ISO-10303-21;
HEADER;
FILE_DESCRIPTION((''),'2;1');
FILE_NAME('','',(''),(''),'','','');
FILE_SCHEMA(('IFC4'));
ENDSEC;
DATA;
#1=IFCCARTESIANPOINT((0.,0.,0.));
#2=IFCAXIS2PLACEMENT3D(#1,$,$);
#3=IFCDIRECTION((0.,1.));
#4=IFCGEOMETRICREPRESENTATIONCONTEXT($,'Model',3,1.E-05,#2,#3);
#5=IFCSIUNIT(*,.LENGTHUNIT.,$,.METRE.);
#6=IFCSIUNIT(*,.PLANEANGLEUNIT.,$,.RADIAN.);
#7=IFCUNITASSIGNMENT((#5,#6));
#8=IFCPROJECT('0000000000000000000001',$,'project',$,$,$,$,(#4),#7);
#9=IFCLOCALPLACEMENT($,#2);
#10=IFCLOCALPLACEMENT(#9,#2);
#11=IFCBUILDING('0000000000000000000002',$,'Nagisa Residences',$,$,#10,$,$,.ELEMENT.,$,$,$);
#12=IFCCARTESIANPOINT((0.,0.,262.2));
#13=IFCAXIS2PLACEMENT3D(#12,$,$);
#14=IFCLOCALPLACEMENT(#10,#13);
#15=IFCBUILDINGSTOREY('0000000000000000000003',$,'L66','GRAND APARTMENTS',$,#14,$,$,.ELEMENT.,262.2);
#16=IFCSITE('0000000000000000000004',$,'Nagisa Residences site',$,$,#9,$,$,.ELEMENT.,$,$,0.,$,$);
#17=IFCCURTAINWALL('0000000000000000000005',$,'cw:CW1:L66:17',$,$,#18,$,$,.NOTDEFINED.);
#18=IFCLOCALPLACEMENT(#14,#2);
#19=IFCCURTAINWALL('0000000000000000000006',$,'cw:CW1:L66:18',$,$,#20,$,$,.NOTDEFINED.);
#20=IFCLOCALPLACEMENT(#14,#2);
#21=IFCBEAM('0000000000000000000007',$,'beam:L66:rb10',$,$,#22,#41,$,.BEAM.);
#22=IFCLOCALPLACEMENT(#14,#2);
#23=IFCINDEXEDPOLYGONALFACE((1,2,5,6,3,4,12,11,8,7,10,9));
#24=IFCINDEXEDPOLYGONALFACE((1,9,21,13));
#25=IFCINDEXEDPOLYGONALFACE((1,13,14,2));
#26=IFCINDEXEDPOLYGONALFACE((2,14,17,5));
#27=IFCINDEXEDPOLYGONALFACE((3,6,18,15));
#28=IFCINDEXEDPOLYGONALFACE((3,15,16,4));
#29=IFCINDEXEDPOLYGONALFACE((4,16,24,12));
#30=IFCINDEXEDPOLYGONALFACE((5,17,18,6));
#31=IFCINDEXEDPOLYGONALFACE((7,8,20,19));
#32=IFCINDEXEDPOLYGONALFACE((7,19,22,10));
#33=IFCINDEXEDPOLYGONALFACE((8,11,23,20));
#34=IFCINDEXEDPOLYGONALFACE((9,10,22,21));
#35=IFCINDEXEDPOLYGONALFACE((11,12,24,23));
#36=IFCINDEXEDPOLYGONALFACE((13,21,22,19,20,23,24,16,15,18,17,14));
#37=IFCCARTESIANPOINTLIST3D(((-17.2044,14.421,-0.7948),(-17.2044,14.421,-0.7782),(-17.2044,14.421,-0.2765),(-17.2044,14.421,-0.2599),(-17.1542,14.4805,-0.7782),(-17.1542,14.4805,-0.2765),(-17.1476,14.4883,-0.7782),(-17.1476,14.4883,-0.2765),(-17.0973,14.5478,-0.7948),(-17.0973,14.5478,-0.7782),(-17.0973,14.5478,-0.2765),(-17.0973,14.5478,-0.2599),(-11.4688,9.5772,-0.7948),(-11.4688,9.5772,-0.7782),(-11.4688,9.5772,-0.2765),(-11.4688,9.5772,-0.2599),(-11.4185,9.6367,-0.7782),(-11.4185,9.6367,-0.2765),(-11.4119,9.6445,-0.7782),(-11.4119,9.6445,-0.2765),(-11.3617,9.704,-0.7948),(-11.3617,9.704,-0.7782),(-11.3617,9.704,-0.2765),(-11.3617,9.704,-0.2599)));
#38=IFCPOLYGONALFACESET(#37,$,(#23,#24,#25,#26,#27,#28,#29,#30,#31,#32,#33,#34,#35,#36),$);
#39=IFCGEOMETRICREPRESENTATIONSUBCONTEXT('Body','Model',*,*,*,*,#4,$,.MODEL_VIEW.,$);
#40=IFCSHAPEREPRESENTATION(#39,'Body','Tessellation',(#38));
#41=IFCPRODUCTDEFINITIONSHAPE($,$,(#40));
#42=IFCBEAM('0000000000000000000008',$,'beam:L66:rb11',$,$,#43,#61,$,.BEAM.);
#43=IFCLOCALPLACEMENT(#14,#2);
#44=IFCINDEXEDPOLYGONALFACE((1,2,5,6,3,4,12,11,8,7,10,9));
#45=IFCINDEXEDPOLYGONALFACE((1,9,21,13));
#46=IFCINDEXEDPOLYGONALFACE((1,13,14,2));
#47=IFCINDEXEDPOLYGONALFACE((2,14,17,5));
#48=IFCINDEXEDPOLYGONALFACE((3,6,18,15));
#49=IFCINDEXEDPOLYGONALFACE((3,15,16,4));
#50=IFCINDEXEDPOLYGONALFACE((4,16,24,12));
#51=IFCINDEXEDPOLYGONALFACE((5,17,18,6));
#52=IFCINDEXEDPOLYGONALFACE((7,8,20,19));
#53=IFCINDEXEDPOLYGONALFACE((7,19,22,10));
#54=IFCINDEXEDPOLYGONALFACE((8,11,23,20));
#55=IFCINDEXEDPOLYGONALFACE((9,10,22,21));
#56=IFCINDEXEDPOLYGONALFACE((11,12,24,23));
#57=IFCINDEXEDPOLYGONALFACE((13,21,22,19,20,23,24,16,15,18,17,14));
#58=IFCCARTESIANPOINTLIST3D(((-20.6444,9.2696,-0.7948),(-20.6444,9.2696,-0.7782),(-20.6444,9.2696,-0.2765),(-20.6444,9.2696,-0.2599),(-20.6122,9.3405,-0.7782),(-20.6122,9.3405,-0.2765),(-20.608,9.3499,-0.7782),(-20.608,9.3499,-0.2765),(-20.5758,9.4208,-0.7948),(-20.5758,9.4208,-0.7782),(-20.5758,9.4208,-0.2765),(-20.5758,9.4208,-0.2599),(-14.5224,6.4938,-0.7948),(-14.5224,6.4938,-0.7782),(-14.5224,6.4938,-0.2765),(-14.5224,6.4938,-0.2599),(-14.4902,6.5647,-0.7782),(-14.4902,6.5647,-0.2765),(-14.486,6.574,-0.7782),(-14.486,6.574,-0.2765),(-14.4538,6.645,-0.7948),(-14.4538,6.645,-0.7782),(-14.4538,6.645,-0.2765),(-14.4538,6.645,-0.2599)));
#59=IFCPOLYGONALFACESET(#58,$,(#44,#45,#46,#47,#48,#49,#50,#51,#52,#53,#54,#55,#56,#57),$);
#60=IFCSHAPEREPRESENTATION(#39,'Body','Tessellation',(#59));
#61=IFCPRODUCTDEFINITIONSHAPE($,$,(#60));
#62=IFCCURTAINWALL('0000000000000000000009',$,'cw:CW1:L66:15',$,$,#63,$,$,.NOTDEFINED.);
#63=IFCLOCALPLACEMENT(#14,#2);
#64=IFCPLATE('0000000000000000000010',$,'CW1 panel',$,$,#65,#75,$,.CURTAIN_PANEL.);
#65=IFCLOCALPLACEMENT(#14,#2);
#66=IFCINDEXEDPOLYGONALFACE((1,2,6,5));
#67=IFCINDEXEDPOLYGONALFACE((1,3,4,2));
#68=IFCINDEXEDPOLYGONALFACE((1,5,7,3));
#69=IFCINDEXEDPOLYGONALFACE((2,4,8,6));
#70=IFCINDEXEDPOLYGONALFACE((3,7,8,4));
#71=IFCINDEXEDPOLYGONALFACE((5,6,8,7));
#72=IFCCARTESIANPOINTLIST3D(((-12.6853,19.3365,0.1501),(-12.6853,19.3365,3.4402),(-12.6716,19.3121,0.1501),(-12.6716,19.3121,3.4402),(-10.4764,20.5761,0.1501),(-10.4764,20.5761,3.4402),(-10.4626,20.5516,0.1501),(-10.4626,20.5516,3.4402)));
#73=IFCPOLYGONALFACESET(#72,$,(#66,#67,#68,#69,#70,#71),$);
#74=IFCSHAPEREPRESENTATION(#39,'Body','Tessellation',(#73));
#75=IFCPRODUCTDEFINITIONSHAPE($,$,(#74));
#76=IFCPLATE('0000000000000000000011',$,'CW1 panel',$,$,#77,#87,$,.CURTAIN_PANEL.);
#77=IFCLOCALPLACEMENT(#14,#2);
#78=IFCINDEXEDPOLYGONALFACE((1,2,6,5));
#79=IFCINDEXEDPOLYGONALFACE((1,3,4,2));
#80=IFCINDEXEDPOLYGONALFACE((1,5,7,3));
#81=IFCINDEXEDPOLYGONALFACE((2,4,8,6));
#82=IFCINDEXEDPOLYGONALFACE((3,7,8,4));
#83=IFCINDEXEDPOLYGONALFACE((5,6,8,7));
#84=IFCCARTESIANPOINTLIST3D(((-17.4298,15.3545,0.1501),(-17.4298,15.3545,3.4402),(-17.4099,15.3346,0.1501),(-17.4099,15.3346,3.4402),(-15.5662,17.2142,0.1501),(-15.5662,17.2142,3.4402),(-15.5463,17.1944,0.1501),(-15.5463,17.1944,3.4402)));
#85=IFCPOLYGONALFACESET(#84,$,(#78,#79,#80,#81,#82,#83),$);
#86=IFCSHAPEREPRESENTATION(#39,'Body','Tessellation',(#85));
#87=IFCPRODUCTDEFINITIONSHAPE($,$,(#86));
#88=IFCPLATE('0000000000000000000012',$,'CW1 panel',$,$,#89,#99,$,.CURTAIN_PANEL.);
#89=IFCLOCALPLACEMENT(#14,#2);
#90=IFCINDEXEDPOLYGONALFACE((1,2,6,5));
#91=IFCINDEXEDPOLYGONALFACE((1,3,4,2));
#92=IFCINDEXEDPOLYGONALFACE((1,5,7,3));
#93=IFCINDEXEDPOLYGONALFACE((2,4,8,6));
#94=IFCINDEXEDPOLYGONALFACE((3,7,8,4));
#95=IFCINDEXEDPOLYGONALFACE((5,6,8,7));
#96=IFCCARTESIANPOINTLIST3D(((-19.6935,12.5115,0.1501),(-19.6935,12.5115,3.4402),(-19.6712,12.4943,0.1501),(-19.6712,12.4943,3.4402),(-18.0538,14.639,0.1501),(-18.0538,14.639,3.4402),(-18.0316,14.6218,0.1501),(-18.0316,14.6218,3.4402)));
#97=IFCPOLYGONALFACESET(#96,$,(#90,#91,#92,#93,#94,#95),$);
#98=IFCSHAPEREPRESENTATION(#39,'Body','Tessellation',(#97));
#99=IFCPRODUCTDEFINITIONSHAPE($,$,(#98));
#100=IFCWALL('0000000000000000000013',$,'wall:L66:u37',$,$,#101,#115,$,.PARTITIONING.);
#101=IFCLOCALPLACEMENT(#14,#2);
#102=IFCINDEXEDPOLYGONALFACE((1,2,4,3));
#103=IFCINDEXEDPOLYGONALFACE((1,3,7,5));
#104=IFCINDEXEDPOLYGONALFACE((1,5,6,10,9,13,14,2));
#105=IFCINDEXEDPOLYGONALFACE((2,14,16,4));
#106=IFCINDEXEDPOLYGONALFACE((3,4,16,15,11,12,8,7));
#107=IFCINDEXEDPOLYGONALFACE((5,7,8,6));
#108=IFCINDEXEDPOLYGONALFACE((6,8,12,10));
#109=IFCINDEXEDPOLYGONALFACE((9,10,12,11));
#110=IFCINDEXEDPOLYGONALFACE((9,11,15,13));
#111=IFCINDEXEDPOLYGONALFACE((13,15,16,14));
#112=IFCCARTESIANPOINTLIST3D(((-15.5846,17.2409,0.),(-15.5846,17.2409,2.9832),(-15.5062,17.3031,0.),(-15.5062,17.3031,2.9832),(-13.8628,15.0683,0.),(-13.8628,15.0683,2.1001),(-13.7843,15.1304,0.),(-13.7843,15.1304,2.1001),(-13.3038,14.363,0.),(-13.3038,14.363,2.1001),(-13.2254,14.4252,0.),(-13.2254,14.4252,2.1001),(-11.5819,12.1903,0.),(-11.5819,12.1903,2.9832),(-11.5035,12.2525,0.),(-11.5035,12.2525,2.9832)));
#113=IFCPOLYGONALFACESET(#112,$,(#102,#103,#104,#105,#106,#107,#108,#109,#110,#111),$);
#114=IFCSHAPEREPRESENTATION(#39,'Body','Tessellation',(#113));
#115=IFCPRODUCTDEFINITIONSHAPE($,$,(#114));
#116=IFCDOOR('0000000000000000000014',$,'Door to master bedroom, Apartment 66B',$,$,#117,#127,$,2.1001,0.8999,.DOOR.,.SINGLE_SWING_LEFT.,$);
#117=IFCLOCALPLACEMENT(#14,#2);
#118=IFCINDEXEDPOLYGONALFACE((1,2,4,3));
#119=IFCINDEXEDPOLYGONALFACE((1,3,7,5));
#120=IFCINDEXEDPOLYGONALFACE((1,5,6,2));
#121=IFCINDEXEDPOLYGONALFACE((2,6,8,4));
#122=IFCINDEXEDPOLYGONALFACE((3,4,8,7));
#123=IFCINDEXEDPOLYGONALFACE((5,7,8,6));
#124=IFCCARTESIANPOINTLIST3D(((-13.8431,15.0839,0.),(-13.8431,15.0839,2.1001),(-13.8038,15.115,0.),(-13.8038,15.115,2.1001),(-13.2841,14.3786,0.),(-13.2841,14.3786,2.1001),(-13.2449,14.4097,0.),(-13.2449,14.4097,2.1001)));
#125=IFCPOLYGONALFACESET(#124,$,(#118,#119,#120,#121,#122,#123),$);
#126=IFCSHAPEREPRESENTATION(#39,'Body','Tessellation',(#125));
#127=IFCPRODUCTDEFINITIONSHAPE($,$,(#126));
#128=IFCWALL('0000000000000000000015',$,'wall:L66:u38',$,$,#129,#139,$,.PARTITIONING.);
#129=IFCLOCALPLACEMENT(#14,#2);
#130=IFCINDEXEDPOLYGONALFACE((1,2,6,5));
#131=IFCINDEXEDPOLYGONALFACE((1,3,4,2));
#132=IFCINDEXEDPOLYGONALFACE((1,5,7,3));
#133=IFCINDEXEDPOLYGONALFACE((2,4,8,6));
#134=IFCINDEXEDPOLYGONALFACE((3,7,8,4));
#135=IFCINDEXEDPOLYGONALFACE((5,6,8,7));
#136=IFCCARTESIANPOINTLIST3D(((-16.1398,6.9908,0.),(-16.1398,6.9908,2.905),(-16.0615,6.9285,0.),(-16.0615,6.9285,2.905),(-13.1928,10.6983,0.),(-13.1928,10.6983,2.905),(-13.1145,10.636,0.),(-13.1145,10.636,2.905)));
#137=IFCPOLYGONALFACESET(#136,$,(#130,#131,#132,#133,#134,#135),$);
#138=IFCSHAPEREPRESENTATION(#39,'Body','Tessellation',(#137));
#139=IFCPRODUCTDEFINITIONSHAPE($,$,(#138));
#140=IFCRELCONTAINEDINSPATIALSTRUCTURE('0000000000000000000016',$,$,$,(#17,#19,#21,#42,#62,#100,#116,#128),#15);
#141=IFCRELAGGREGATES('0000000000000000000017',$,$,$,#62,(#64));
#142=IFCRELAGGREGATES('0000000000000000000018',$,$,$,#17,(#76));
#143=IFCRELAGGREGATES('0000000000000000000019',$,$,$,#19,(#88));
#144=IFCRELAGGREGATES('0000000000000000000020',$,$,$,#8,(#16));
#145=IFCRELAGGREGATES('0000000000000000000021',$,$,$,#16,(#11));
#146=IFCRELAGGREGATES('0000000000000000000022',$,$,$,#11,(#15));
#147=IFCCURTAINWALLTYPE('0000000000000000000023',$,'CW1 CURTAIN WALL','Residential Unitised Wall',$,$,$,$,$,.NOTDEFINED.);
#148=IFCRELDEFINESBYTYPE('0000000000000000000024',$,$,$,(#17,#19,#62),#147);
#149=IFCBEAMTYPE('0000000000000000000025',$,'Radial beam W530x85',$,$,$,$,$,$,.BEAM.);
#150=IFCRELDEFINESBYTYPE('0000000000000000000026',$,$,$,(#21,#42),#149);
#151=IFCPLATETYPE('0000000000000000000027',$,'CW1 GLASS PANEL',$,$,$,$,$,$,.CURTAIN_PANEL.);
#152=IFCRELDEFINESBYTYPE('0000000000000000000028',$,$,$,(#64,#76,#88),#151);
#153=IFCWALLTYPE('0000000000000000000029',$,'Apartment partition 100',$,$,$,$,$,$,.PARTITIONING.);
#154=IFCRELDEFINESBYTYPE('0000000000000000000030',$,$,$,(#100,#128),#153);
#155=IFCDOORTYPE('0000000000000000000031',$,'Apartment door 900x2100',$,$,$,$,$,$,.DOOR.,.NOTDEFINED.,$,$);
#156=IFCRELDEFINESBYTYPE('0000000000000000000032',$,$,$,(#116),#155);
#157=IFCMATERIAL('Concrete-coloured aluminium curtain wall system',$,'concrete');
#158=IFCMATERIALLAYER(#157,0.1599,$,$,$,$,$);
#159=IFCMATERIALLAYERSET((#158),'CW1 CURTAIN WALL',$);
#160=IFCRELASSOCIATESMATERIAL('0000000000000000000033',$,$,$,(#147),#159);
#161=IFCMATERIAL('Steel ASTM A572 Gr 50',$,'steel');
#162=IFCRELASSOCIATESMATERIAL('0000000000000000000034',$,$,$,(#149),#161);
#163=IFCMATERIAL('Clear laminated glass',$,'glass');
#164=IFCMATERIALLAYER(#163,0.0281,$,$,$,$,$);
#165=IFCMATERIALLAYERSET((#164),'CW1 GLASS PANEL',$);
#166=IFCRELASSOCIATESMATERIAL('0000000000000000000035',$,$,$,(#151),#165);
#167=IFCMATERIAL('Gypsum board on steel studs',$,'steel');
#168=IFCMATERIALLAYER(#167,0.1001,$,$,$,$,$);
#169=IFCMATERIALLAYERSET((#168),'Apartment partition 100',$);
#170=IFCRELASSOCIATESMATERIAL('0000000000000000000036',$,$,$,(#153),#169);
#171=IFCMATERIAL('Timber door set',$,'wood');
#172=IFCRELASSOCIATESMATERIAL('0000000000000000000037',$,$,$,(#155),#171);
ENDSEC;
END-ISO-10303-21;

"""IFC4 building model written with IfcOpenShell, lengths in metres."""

from ifc_helpers import new_model, si_unit, direction, frame, frame_2d, origin, origin_2d, place, context, subcontext, project, spatial, rectangle, i_section, extrude, material, layer, layer_set, material_profile, profile_set, type_object, element, fill, aggregate, save


model = new_model("IFC4")

# Units and contexts
model_context = context("Model", 3, precision=1e-05, world=origin(), true_north=direction((0.0, 1.0)))
body_context = subcontext(model_context, "Body", "Model", "MODEL_VIEW")
ifc_project = project(units=[si_unit("LENGTHUNIT", "METRE"), si_unit("PLANEANGLEUNIT", "RADIAN")], contexts=[model_context])

# Site, building, storey
site_placement = place(None, origin())
site = spatial("IfcSite", under=ifc_project, at=site_placement, Name="Nagisa Residences site", CompositionType="ELEMENT", RefElevation=0.0)
building_placement = place(site_placement, origin())
building = spatial("IfcBuilding", under=site, at=building_placement, Name="Nagisa Residences", CompositionType="ELEMENT")
storey_placement = place(building_placement, frame((0.0, 0.0, 262.2)))
storey = spatial("IfcBuildingStorey", under=building, at=storey_placement, Name="L66", Description="GRAND APARTMENTS", CompositionType="ELEMENT", Elevation=262.2)

# Curtain walls
ifc_material_1 = material(Name="Concrete-coloured aluminium curtain wall system", Category="concrete")
ifc_layer_1 = layer(ifc_material_1, 0.1599)
ifc_layer_set_1 = layer_set([ifc_layer_1], Name="CW1 CURTAIN WALL")
curtain_wall_type = type_object("IfcCurtainWallType", Name="CW1 CURTAIN WALL", Description="Residential Unitised Wall", PredefinedType="NOTDEFINED", material=ifc_layer_set_1)
curtain_wall_1_placement = place(storey_placement, origin())
curtain_wall_1 = element("IfcCurtainWall", 1, at=curtain_wall_1_placement, inside=storey, type_object=curtain_wall_type, Name="cw:CW1:L66:17", PredefinedType="NOTDEFINED")
curtain_wall_2_placement = place(storey_placement, origin())
curtain_wall_2 = element("IfcCurtainWall", 2, at=curtain_wall_2_placement, inside=storey, type_object=curtain_wall_type, Name="cw:CW1:L66:18", PredefinedType="NOTDEFINED")

# Beams
ifc_material_2 = material(Name="Steel ASTM A572 Gr 50", Category="steel")
ifc_material_profile_1 = material_profile(ifc_material_2, i_section(OverallWidth=0.166, OverallDepth=0.5349, WebThickness=0.0103, FlangeThickness=0.0166, at=origin_2d()), Name="W530x85")
ifc_profile_set_1 = profile_set([ifc_material_profile_1], Name="Steel ASTM A572 Gr 50")
beam_type_1 = type_object("IfcBeamType", Name="Radial beam W530x85", PredefinedType="BEAM", material=ifc_profile_set_1)
beam_1_placement = place(storey_placement, frame((-17.1509, 14.4844, -0.5273), z_axis=(0.764006, -0.645209, 0.0), x_axis=(0.645209, 0.764006, 0.0)))
element("IfcBeam", 3, at=beam_1_placement, inside=storey, type_object=beam_type_1, Name="beam:L66:rb10", PredefinedType="BEAM", context=body_context, shape_type="SweptSolid", body=[
    extrude(i_section(OverallWidth=0.166, OverallDepth=0.5349, WebThickness=0.0103, FlangeThickness=0.0166, at=origin_2d()), origin(), (0.0, 0.0, 1.0), 7.5073),
])
beam_2_placement = place(storey_placement, frame((-20.6101, 9.3452, -0.5273), z_axis=(0.910752, -0.412954, 0.0), x_axis=(0.412954, 0.910752, 0.0)))
element("IfcBeam", 4, at=beam_2_placement, inside=storey, type_object=beam_type_1, Name="beam:L66:rb11", PredefinedType="BEAM", context=body_context, shape_type="SweptSolid", body=[
    extrude(i_section(OverallWidth=0.166, OverallDepth=0.5349, WebThickness=0.0103, FlangeThickness=0.0166, at=origin_2d()), origin(), (0.0, 0.0, 1.0), 6.7219),
])

# Curtain wall, plate
curtain_wall_3_placement = place(storey_placement, origin())
curtain_wall_3 = element("IfcCurtainWall", 5, at=curtain_wall_3_placement, inside=storey, type_object=curtain_wall_type, Name="cw:CW1:L66:15", PredefinedType="NOTDEFINED")
ifc_material_3 = material(Name="Clear laminated glass", Category="glass")
ifc_layer_2 = layer(ifc_material_3, 0.0281)
ifc_layer_set_2 = layer_set([ifc_layer_2], Name="CW1 GLASS PANEL")
plate_type = type_object("IfcPlateType", Name="CW1 GLASS PANEL", PredefinedType="CURTAIN_PANEL", material=ifc_layer_set_2)
plate_1_placement = place(storey_placement, frame((-11.574, 19.9441, 0.1501), z_axis=(0.0, 0.0, 1.0), x_axis=(-0.872072, -0.489377, 0.0)))
plate_1 = element("IfcPlate", 6, at=plate_1_placement, type_object=plate_type, Name="CW1 panel", PredefinedType="CURTAIN_PANEL", context=body_context, shape_type="SweptSolid", body=[
    extrude(rectangle(XDim=2.533, YDim=0.0281, at=origin_2d()), origin(), (0.0, 0.0, 1.0), 3.29),
])
aggregate(curtain_wall_3, [plate_1])

# Plates
plate_2_placement = place(storey_placement, frame((-16.488, 16.2744, 0.1501), z_axis=(0.0, 0.0, 1.0), x_axis=(-0.707836, -0.706377, 0.0)))
plate_2 = element("IfcPlate", 7, at=plate_2_placement, type_object=plate_type, Name="CW1 panel", PredefinedType="CURTAIN_PANEL", context=body_context, shape_type="SweptSolid", body=[
    extrude(rectangle(XDim=2.6328, YDim=0.0281, at=origin_2d()), origin(), (0.0, 0.0, 1.0), 3.29),
])
aggregate(curtain_wall_1, [plate_2])
plate_3_placement = place(storey_placement, frame((-18.8625, 13.5667, 0.1501), z_axis=(0.0, 0.0, 1.0), x_axis=(-0.61043, -0.79207, 0.0)))
plate_3 = element("IfcPlate", 8, at=plate_3_placement, type_object=plate_type, Name="CW1 panel", PredefinedType="CURTAIN_PANEL", context=body_context, shape_type="SweptSolid", body=[
    extrude(rectangle(XDim=2.686, YDim=0.0281, at=origin_2d()), origin(), (0.0, 0.0, 1.0), 3.29),
])
aggregate(curtain_wall_2, [plate_3])

# Wall, opening, door
ifc_material_4 = material(Name="Gypsum board on steel studs", Category="steel")
ifc_layer_3 = layer(ifc_material_4, 0.1001)
ifc_layer_set_3 = layer_set([ifc_layer_3], Name="Apartment partition 100")
wall_type_1 = type_object("IfcWallType", Name="Apartment partition 100", PredefinedType="PARTITIONING", material=ifc_layer_set_3)
wall_1_placement = place(storey_placement, frame((-11.5427, 12.2214, 0.0), z_axis=(0.0, 0.0, 1.0), x_axis=(-0.621117, 0.783718, 0.0)))
wall_1 = element("IfcWall", 9, at=wall_1_placement, inside=storey, type_object=wall_type_1, Name="wall:L66:u37", PredefinedType="PARTITIONING", context=body_context, shape_type="SweptSolid", body=[
    extrude(rectangle(XDim=6.4443, YDim=0.1001, at=frame_2d((3.2222, 0.0))), origin(), (0.0, 0.0, 1.0), 2.9832),
])
opening_1_placement = place(wall_1_placement, frame((2.7722, 0.0, 0.0)))
opening_1 = element("IfcOpeningElement", 10, at=opening_1_placement, cuts=wall_1, PredefinedType="OPENING", context=body_context, shape_type="SweptSolid", body=[
    extrude(rectangle(XDim=0.8999, YDim=2.1001, at=frame_2d((0.45, 1.05))), frame((0.0, 0.0601, 0.0), z_axis=(0.0, -1.0, 0.0), x_axis=(1.0, 0.0, 0.0)), (0.0, 0.0, 1.0), 0.1201),
])
ifc_material_5 = material(Name="Timber door set", Category="wood")
door_type_1 = type_object("IfcDoorType", Name="Apartment door 900x2100", OperationType="NOTDEFINED", PredefinedType="DOOR", material=ifc_material_5)
door_1_placement = place(opening_1_placement, origin())
door_1 = element("IfcDoor", 11, at=door_1_placement, inside=storey, type_object=door_type_1, Name="Door to master bedroom, Apartment 66B", OperationType="SINGLE_SWING_LEFT", OverallHeight=2.1001, OverallWidth=0.8999, PredefinedType="DOOR", context=body_context, shape_type="SweptSolid", body=[
    extrude(rectangle(XDim=0.8999, YDim=2.1001, at=frame_2d((0.45, 1.05))), frame((0.0, 0.0249, 0.0), z_axis=(0.0, -1.0, 0.0), x_axis=(1.0, 0.0, 0.0)), (0.0, 0.0, 1.0), 0.05),
])
fill(opening_1, door_1)

# Wall
wall_2_placement = place(storey_placement, frame((-13.1536, 10.6672, 0.0), z_axis=(0.0, 0.0, 1.0), x_axis=(-0.622247, -0.782821, 0.0)))
element("IfcWall", 12, at=wall_2_placement, inside=storey, type_object=wall_type_1, Name="wall:L66:u38", PredefinedType="PARTITIONING", context=body_context, shape_type="SweptSolid", body=[
    extrude(rectangle(XDim=4.7361, YDim=0.1001, at=frame_2d((2.3682, 0.0))), origin(), (0.0, 0.0, 1.0), 2.905),
])

save(model, "model.ifc")
